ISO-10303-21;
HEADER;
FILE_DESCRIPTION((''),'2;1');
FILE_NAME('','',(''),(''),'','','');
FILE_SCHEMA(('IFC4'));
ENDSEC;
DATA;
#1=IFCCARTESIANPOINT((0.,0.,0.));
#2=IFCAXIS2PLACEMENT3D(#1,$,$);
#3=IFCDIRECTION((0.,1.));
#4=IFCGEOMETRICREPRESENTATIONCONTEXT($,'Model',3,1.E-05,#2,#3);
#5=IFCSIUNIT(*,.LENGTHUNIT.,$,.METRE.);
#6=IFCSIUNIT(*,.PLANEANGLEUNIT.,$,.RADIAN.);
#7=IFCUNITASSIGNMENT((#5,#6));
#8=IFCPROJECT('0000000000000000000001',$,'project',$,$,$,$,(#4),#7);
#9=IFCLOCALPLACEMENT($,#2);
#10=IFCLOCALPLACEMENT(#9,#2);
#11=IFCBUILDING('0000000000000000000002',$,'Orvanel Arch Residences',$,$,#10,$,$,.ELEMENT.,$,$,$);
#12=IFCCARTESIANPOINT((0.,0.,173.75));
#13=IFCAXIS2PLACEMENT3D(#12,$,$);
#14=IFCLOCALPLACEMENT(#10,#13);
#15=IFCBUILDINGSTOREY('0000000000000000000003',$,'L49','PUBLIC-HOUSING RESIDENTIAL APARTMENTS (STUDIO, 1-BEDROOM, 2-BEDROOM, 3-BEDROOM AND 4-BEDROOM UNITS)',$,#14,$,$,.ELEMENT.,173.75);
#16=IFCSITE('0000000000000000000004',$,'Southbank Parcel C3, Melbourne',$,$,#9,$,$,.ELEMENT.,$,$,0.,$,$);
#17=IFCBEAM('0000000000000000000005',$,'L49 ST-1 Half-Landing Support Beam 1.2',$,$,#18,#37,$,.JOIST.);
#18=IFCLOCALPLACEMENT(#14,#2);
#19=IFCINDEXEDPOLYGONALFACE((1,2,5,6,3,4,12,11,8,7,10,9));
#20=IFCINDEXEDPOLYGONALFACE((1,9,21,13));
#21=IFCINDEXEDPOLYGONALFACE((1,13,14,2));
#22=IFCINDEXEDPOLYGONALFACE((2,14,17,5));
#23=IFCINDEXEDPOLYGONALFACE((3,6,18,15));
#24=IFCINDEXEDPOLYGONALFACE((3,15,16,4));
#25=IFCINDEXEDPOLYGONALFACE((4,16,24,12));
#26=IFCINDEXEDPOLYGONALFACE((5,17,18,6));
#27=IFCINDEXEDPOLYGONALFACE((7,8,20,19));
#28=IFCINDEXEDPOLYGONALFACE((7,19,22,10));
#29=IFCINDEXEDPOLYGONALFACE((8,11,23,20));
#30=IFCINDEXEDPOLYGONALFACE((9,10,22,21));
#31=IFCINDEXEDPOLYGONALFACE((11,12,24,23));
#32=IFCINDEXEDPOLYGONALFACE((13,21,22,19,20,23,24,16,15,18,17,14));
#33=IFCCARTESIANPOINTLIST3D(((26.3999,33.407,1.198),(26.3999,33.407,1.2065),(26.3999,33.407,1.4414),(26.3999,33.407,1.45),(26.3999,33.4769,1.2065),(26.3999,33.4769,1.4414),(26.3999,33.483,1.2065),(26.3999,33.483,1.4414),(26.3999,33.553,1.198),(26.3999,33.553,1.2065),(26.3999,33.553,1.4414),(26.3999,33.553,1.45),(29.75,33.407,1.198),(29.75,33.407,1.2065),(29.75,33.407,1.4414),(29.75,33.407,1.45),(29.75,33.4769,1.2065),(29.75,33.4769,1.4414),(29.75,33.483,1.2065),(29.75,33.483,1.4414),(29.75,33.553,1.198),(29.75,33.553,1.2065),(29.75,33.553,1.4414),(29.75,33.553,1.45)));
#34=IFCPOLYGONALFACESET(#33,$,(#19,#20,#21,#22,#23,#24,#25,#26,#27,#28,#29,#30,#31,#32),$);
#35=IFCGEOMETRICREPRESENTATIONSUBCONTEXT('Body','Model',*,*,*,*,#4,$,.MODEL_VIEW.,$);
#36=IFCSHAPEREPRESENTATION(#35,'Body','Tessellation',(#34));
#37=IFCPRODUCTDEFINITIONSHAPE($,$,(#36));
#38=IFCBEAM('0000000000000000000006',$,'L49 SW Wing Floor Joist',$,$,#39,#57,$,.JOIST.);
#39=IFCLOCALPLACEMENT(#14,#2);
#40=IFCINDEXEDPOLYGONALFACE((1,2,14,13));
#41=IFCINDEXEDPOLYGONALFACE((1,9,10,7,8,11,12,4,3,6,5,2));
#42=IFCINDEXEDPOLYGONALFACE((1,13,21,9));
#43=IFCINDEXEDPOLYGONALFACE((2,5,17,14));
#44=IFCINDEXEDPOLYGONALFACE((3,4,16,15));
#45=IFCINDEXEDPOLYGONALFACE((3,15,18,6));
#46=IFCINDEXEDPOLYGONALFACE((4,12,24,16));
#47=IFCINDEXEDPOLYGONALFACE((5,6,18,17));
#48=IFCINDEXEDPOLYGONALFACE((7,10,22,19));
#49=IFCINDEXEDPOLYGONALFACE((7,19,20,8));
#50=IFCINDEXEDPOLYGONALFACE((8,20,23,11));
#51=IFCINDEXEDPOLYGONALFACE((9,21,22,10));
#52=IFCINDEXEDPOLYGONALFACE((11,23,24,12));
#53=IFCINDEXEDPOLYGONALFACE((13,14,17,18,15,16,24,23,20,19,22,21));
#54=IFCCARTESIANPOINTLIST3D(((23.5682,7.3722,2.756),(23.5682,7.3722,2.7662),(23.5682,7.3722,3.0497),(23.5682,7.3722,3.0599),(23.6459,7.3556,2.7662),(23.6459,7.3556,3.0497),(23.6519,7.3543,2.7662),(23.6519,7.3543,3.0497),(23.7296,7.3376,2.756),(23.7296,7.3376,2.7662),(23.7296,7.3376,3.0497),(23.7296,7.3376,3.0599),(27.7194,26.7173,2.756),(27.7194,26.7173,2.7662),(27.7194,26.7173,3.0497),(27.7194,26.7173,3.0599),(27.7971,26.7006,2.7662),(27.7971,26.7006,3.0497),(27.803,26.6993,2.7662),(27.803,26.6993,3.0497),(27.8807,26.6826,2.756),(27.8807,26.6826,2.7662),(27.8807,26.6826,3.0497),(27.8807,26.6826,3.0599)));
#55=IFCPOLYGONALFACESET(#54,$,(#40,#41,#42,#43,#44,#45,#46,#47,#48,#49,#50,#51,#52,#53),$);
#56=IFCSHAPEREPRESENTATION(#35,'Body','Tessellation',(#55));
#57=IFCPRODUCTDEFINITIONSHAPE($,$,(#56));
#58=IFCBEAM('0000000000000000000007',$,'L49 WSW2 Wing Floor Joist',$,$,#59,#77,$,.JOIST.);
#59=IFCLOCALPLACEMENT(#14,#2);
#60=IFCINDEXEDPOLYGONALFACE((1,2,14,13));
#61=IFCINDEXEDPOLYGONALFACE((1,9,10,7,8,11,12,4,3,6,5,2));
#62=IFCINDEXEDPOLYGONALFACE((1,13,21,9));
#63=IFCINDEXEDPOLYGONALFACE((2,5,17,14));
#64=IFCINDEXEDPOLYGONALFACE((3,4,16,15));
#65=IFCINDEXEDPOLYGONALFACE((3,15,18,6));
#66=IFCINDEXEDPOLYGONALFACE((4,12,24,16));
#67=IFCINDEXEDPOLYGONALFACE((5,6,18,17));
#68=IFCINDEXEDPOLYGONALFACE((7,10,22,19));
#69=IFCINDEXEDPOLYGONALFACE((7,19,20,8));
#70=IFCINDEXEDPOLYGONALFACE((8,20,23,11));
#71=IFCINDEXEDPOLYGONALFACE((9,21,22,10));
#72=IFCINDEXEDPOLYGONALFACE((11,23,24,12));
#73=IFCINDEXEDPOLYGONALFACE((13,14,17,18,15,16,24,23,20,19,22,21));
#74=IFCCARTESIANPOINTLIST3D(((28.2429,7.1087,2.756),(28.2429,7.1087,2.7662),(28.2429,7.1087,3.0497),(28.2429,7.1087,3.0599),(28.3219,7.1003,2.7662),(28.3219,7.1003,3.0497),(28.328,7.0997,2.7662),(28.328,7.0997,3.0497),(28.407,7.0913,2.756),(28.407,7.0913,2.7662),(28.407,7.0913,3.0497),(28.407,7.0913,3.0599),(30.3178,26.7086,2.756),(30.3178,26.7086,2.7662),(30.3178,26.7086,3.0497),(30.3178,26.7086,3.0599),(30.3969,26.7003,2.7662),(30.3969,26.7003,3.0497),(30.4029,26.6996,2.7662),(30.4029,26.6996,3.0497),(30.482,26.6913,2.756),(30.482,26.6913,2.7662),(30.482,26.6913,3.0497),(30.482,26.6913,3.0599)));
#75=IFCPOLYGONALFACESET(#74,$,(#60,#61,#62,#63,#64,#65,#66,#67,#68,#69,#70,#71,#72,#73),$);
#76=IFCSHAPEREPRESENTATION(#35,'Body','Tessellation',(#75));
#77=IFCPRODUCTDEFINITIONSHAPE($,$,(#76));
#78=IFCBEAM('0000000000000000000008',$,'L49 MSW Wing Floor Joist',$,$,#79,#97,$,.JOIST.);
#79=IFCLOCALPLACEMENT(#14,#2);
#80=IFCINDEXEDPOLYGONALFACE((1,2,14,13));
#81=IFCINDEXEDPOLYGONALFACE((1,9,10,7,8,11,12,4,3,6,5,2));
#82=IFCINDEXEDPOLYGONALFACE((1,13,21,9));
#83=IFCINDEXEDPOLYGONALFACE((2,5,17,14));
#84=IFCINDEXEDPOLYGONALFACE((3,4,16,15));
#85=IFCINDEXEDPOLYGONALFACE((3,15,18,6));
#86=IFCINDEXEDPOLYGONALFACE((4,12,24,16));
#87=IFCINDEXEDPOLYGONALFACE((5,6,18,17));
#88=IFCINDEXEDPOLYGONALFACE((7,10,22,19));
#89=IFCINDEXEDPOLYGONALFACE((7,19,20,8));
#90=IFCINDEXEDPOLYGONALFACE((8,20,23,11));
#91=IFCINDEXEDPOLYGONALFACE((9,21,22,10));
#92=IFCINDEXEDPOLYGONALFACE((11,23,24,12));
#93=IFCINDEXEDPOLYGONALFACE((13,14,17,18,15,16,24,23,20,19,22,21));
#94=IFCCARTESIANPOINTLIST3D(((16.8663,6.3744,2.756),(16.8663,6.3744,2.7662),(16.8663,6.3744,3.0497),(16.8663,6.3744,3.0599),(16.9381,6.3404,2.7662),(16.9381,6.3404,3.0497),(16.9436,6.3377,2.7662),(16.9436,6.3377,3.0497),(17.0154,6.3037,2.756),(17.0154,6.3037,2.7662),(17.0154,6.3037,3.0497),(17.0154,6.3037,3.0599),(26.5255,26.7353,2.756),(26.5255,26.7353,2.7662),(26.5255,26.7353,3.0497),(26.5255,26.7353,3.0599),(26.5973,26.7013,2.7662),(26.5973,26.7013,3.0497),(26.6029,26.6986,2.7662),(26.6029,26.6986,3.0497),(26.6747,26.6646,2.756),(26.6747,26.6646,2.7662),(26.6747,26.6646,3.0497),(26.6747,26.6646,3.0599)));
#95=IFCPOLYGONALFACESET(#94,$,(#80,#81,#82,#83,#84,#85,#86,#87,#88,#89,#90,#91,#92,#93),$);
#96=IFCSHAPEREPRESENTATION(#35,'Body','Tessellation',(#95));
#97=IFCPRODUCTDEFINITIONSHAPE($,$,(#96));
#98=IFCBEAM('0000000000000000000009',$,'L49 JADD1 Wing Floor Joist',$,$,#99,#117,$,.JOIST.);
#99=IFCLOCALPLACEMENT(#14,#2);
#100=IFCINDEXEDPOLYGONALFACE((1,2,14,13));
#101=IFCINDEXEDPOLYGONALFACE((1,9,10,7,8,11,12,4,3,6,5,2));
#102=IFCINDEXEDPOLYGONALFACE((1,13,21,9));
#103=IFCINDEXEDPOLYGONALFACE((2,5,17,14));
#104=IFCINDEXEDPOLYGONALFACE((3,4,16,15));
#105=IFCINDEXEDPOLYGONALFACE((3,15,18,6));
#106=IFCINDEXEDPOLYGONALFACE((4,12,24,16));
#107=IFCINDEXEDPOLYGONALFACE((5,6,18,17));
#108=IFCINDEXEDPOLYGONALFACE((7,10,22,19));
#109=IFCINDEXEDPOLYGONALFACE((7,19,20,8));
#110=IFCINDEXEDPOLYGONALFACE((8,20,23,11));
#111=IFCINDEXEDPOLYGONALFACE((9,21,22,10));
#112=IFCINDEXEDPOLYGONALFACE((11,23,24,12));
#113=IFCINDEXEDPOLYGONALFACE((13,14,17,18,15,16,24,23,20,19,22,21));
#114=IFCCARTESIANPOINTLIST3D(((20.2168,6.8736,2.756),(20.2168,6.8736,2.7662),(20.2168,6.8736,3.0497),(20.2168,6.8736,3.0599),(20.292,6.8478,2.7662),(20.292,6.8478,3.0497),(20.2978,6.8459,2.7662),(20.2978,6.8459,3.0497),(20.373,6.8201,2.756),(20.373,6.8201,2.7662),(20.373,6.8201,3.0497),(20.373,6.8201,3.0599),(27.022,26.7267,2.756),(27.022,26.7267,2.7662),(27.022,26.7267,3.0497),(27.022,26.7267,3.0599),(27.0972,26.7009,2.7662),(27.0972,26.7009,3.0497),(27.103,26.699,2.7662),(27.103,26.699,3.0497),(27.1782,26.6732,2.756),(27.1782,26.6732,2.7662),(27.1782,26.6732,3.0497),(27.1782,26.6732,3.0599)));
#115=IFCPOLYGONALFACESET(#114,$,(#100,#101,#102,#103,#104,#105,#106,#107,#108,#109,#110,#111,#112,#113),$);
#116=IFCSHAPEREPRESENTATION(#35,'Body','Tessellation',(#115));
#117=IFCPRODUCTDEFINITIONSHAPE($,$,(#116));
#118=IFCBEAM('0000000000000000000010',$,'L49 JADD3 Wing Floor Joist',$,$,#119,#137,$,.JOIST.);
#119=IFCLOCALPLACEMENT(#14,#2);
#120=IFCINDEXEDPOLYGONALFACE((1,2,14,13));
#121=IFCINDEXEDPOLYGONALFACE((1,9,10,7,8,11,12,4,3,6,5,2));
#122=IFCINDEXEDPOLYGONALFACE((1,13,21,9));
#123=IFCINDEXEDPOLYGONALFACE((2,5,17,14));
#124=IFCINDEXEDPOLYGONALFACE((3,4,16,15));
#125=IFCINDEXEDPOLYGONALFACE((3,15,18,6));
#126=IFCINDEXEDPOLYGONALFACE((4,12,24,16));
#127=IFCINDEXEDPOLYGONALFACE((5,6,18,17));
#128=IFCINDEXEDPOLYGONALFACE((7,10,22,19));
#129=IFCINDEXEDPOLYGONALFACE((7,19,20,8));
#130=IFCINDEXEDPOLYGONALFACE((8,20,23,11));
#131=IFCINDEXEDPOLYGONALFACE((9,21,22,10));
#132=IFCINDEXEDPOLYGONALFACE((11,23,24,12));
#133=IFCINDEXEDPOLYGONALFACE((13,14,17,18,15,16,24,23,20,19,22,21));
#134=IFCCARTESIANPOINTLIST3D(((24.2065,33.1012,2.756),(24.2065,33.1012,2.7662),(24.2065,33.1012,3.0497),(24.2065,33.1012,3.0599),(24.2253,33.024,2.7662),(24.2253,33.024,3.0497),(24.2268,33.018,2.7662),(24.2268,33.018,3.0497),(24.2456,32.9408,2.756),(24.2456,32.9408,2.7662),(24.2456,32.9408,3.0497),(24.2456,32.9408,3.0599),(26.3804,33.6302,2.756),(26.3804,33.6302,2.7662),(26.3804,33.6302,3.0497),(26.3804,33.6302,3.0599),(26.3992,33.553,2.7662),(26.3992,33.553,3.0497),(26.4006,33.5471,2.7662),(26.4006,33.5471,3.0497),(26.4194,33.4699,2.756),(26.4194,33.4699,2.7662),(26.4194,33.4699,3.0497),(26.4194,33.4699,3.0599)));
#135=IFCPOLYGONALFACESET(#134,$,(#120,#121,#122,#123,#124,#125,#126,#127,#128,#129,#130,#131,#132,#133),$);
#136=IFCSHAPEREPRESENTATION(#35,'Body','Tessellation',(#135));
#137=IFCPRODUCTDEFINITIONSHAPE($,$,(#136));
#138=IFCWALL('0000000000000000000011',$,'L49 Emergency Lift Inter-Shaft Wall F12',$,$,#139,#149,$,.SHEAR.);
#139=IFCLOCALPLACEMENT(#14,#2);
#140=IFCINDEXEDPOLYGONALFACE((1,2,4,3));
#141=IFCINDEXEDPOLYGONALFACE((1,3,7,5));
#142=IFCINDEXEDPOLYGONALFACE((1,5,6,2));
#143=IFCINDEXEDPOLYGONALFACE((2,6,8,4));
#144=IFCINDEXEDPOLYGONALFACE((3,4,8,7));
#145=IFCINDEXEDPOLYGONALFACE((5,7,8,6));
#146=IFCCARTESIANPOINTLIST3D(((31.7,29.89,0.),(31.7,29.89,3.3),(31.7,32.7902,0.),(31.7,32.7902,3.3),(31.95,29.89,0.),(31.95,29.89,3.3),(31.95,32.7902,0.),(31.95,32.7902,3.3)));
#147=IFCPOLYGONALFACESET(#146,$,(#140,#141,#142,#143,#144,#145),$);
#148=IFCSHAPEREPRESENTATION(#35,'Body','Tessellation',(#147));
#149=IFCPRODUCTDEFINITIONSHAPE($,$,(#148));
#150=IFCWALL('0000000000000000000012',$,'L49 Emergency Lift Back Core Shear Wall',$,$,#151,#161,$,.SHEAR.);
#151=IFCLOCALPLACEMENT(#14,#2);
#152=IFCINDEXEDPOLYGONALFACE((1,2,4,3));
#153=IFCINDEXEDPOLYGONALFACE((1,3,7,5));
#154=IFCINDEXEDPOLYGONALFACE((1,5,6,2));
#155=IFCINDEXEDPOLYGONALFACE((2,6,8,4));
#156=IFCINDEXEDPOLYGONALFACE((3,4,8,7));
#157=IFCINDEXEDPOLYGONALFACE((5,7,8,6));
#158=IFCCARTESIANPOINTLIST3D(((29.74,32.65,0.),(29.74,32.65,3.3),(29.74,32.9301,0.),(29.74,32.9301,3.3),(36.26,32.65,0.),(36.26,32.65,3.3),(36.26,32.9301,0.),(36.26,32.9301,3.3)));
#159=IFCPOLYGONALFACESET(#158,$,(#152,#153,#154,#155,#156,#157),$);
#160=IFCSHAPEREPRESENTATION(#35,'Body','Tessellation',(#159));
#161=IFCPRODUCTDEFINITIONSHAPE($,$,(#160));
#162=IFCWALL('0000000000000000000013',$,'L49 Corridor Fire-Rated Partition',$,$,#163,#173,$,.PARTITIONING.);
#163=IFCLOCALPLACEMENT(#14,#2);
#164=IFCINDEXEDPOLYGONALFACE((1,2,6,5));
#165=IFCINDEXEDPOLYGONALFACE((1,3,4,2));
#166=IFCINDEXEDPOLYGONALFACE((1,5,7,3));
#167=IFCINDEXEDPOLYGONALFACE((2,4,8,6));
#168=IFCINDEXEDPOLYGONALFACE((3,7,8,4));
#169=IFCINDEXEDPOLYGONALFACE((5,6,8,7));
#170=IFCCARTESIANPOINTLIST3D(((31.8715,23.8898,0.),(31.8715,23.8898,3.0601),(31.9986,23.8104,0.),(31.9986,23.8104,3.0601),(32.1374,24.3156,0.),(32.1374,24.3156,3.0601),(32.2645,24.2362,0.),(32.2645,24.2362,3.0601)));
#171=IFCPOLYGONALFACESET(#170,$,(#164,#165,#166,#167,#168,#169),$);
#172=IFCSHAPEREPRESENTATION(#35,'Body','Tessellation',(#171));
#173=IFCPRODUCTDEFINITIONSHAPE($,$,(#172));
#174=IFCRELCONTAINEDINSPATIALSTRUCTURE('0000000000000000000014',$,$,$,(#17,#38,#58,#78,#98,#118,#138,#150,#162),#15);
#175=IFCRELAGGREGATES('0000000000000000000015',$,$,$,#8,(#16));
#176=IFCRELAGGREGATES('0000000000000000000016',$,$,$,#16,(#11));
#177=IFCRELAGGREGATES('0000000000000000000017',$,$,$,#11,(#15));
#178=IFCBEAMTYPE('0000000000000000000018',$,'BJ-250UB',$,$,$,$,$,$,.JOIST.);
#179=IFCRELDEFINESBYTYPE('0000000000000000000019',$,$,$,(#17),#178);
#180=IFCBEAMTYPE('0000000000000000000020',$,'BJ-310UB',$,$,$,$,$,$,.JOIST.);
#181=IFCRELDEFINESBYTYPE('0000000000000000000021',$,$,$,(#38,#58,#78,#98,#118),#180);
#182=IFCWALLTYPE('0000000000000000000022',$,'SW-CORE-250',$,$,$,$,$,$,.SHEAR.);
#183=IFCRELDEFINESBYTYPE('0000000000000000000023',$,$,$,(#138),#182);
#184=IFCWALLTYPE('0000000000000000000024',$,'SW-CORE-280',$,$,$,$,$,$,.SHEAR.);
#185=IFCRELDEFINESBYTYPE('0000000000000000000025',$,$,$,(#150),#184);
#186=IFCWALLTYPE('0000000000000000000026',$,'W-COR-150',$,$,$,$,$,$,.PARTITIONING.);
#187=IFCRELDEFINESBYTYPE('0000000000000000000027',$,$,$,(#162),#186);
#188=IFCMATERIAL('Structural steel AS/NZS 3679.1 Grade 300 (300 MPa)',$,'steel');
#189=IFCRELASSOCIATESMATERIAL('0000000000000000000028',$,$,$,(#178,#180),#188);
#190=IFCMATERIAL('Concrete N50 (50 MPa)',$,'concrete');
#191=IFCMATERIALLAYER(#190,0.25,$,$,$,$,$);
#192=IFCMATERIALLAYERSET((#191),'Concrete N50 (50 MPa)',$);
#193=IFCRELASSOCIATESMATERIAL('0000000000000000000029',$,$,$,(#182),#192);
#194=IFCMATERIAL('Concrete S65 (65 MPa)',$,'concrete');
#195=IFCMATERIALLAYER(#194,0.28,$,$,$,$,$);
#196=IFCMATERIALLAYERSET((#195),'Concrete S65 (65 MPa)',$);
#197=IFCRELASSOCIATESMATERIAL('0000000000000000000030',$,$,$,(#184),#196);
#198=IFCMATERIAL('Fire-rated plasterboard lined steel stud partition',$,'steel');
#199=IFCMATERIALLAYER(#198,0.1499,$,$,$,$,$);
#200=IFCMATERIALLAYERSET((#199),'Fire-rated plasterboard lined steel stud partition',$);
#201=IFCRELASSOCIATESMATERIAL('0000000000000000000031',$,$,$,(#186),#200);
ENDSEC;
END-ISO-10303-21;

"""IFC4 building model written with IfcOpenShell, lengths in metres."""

from ifc_helpers import new_model, si_unit, direction, frame, frame_2d, origin, origin_2d, place, context, subcontext, project, spatial, rectangle, i_section, extrude, material, layer, layer_set, material_profile, profile_set, type_object, element, save


model = new_model("IFC4")

# Units and contexts
model_context = context("Model", 3, precision=1e-05, world=origin(), true_north=direction((0.0, 1.0)))
body_context = subcontext(model_context, "Body", "Model", "MODEL_VIEW")
ifc_project = project(units=[si_unit("LENGTHUNIT", "METRE"), si_unit("PLANEANGLEUNIT", "RADIAN")], contexts=[model_context])

# Site, building, storey
site_placement = place(None, origin())
site = spatial("IfcSite", under=ifc_project, at=site_placement, Name="Southbank Parcel C3, Melbourne", CompositionType="ELEMENT", RefElevation=0.0)
building_placement = place(site_placement, origin())
building = spatial("IfcBuilding", under=site, at=building_placement, Name="Orvanel Arch Residences", CompositionType="ELEMENT")
storey_placement = place(building_placement, frame((0.0, 0.0, 173.75)))
storey = spatial("IfcBuildingStorey", under=building, at=storey_placement, Name="L49", Description="PUBLIC-HOUSING RESIDENTIAL APARTMENTS (STUDIO, 1-BEDROOM, 2-BEDROOM, 3-BEDROOM AND 4-BEDROOM UNITS)", CompositionType="ELEMENT", Elevation=173.75)

# Beams
ifc_material_1 = material(Name="Structural steel AS/NZS 3679.1 Grade 300 (300 MPa)", Category="steel")
ifc_material_profile_1 = material_profile(ifc_material_1, i_section(OverallWidth=0.146, OverallDepth=0.252, WebThickness=0.0061, FlangeThickness=0.0085, at=origin_2d()), Name="250UB31.4")
ifc_profile_set_1 = profile_set([ifc_material_profile_1], Name="Structural steel AS/NZS 3679.1 Grade 300 (300 MPa)")
beam_type_1 = type_object("IfcBeamType", Name="BJ-250UB", PredefinedType="JOIST", material=ifc_profile_set_1)
beam_1_placement = place(storey_placement, frame((26.3999, 33.48, 1.324), z_axis=(1.0, 0.0, 0.0), x_axis=(0.0, 1.0, 0.0)))
element("IfcBeam", 1, at=beam_1_placement, inside=storey, type_object=beam_type_1, Name="L49 ST-1 Half-Landing Support Beam 1.2", PredefinedType="JOIST", context=body_context, shape_type="SweptSolid", body=[
    extrude(i_section(OverallWidth=0.146, OverallDepth=0.252, WebThickness=0.0061, FlangeThickness=0.0085, at=origin_2d()), origin(), (0.0, 0.0, 1.0), 3.3501),
])
ifc_material_profile_2 = material_profile(ifc_material_1, i_section(OverallWidth=0.165, OverallDepth=0.304, WebThickness=0.0061, FlangeThickness=0.0103, at=origin_2d()), Name="310UB40.4")
ifc_profile_set_2 = profile_set([ifc_material_profile_2], Name="Structural steel AS/NZS 3679.1 Grade 300 (300 MPa)")
beam_type_2 = type_object("IfcBeamType", Name="BJ-310UB", PredefinedType="JOIST", material=ifc_profile_set_2)
beam_2_placement = place(storey_placement, frame((27.8, 26.7, 2.908), z_axis=(-0.209808, -0.977743, 0.0), x_axis=(0.977743, -0.209808, 0.0)))
element("IfcBeam", 2, at=beam_2_placement, inside=storey, type_object=beam_type_2, Name="L49 SW Wing Floor Joist", PredefinedType="JOIST", context=body_context, shape_type="SweptSolid", body=[
    extrude(i_section(OverallWidth=0.165, OverallDepth=0.304, WebThickness=0.0061, FlangeThickness=0.0103, at=origin_2d()), origin(), (0.0, 0.0, 1.0), 19.7854),
])
beam_3_placement = place(storey_placement, frame((30.3999, 26.7, 2.908), z_axis=(-0.105277, -0.994443, 0.0), x_axis=(0.994443, -0.105277, 0.0)))
element("IfcBeam", 3, at=beam_3_placement, inside=storey, type_object=beam_type_2, Name="L49 WSW2 Wing Floor Joist", PredefinedType="JOIST", context=body_context, shape_type="SweptSolid", body=[
    extrude(i_section(OverallWidth=0.165, OverallDepth=0.304, WebThickness=0.0061, FlangeThickness=0.0103, at=origin_2d()), origin(), (0.0, 0.0, 1.0), 19.7095),
])
beam_4_placement = place(storey_placement, frame((26.6001, 26.7, 2.908), z_axis=(-0.428614, -0.903488, 0.0), x_axis=(0.903488, -0.428614, 0.0)))
element("IfcBeam", 4, at=beam_4_placement, inside=storey, type_object=beam_type_2, Name="L49 MSW Wing Floor Joist", PredefinedType="JOIST", context=body_context, shape_type="SweptSolid", body=[
    extrude(i_section(OverallWidth=0.165, OverallDepth=0.304, WebThickness=0.0061, FlangeThickness=0.0103, at=origin_2d()), origin(), (0.0, 0.0, 1.0), 22.5359),
])
beam_5_placement = place(storey_placement, frame((27.1001, 26.7, 2.908), z_axis=(-0.324257, -0.945969, 0.0), x_axis=(0.945969, -0.324257, 0.0)))
element("IfcBeam", 5, at=beam_5_placement, inside=storey, type_object=beam_type_2, Name="L49 JADD1 Wing Floor Joist", PredefinedType="JOIST", context=body_context, shape_type="SweptSolid", body=[
    extrude(i_section(OverallWidth=0.165, OverallDepth=0.304, WebThickness=0.0061, FlangeThickness=0.0103, at=origin_2d()), origin(), (0.0, 0.0, 1.0), 20.9871),
])
beam_6_placement = place(storey_placement, frame((26.3999, 33.55, 2.908), z_axis=(-0.971638, -0.236471, 0.0), x_axis=(0.236471, -0.971638, 0.0)))
element("IfcBeam", 6, at=beam_6_placement, inside=storey, type_object=beam_type_2, Name="L49 JADD3 Wing Floor Joist", PredefinedType="JOIST", context=body_context, shape_type="SweptSolid", body=[
    extrude(i_section(OverallWidth=0.165, OverallDepth=0.304, WebThickness=0.0061, FlangeThickness=0.0103, at=origin_2d()), origin(), (0.0, 0.0, 1.0), 2.2373),
])

# Wall
ifc_material_2 = material(Name="Concrete N50 (50 MPa)", Category="concrete")
ifc_layer_1 = layer(ifc_material_2, 0.25)
ifc_layer_set_1 = layer_set([ifc_layer_1], Name="Concrete N50 (50 MPa)")
wall_type_1 = type_object("IfcWallType", Name="SW-CORE-250", PredefinedType="SHEAR", material=ifc_layer_set_1)
wall_1_placement = place(storey_placement, frame((31.825, 29.8899, 0.0), z_axis=(0.0, 0.0, 1.0), x_axis=(0.0, 1.0, 0.0)))
element("IfcWall", 7, at=wall_1_placement, inside=storey, type_object=wall_type_1, Name="L49 Emergency Lift Inter-Shaft Wall F12", PredefinedType="SHEAR", context=body_context, shape_type="SweptSolid", body=[
    extrude(rectangle(XDim=2.9001, YDim=0.25, at=frame_2d((1.4502, 0.0))), origin(), (0.0, 0.0, 1.0), 3.3),
])

# Shared definitions
ifc_material_3 = material(Name="Concrete S65 (65 MPa)", Category="concrete")
ifc_layer_2 = layer(ifc_material_3, 0.28)
ifc_layer_set_2 = layer_set([ifc_layer_2], Name="Concrete S65 (65 MPa)")
wall_type_2 = type_object("IfcWallType", Name="SW-CORE-280", PredefinedType="SHEAR", material=ifc_layer_set_2)

# Walls
wall_2_placement = place(storey_placement, frame((29.74, 32.79, 0.0), z_axis=(0.0, 0.0, 1.0), x_axis=(1.0, 0.0, 0.0)))
element("IfcWall", 8, at=wall_2_placement, inside=storey, type_object=wall_type_2, Name="L49 Emergency Lift Back Core Shear Wall", PredefinedType="SHEAR", context=body_context, shape_type="SweptSolid", body=[
    extrude(rectangle(XDim=6.52, YDim=0.28, at=frame_2d((3.26, 0.0))), origin(), (0.0, 0.0, 1.0), 3.3),
])
ifc_material_4 = material(Name="Fire-rated plasterboard lined steel stud partition", Category="steel")
ifc_layer_3 = layer(ifc_material_4, 0.1499)
ifc_layer_set_3 = layer_set([ifc_layer_3], Name="Fire-rated plasterboard lined steel stud partition")
wall_type_3 = type_object("IfcWallType", Name="W-COR-150", PredefinedType="PARTITIONING", material=ifc_layer_set_3)
wall_3_placement = place(storey_placement, frame((32.2009, 24.2759, 0.0), z_axis=(0.0, 0.0, 1.0), x_axis=(-0.529649, -0.848217, 0.0)))
element("IfcWall", 9, at=wall_3_placement, inside=storey, type_object=wall_type_3, Name="L49 Corridor Fire-Rated Partition", PredefinedType="PARTITIONING", context=body_context, shape_type="SweptSolid", body=[
    extrude(rectangle(XDim=0.502, YDim=0.1499, at=frame_2d((0.251, 0.0))), origin(), (0.0, 0.0, 1.0), 3.0601),
])

save(model, "model.ifc")
